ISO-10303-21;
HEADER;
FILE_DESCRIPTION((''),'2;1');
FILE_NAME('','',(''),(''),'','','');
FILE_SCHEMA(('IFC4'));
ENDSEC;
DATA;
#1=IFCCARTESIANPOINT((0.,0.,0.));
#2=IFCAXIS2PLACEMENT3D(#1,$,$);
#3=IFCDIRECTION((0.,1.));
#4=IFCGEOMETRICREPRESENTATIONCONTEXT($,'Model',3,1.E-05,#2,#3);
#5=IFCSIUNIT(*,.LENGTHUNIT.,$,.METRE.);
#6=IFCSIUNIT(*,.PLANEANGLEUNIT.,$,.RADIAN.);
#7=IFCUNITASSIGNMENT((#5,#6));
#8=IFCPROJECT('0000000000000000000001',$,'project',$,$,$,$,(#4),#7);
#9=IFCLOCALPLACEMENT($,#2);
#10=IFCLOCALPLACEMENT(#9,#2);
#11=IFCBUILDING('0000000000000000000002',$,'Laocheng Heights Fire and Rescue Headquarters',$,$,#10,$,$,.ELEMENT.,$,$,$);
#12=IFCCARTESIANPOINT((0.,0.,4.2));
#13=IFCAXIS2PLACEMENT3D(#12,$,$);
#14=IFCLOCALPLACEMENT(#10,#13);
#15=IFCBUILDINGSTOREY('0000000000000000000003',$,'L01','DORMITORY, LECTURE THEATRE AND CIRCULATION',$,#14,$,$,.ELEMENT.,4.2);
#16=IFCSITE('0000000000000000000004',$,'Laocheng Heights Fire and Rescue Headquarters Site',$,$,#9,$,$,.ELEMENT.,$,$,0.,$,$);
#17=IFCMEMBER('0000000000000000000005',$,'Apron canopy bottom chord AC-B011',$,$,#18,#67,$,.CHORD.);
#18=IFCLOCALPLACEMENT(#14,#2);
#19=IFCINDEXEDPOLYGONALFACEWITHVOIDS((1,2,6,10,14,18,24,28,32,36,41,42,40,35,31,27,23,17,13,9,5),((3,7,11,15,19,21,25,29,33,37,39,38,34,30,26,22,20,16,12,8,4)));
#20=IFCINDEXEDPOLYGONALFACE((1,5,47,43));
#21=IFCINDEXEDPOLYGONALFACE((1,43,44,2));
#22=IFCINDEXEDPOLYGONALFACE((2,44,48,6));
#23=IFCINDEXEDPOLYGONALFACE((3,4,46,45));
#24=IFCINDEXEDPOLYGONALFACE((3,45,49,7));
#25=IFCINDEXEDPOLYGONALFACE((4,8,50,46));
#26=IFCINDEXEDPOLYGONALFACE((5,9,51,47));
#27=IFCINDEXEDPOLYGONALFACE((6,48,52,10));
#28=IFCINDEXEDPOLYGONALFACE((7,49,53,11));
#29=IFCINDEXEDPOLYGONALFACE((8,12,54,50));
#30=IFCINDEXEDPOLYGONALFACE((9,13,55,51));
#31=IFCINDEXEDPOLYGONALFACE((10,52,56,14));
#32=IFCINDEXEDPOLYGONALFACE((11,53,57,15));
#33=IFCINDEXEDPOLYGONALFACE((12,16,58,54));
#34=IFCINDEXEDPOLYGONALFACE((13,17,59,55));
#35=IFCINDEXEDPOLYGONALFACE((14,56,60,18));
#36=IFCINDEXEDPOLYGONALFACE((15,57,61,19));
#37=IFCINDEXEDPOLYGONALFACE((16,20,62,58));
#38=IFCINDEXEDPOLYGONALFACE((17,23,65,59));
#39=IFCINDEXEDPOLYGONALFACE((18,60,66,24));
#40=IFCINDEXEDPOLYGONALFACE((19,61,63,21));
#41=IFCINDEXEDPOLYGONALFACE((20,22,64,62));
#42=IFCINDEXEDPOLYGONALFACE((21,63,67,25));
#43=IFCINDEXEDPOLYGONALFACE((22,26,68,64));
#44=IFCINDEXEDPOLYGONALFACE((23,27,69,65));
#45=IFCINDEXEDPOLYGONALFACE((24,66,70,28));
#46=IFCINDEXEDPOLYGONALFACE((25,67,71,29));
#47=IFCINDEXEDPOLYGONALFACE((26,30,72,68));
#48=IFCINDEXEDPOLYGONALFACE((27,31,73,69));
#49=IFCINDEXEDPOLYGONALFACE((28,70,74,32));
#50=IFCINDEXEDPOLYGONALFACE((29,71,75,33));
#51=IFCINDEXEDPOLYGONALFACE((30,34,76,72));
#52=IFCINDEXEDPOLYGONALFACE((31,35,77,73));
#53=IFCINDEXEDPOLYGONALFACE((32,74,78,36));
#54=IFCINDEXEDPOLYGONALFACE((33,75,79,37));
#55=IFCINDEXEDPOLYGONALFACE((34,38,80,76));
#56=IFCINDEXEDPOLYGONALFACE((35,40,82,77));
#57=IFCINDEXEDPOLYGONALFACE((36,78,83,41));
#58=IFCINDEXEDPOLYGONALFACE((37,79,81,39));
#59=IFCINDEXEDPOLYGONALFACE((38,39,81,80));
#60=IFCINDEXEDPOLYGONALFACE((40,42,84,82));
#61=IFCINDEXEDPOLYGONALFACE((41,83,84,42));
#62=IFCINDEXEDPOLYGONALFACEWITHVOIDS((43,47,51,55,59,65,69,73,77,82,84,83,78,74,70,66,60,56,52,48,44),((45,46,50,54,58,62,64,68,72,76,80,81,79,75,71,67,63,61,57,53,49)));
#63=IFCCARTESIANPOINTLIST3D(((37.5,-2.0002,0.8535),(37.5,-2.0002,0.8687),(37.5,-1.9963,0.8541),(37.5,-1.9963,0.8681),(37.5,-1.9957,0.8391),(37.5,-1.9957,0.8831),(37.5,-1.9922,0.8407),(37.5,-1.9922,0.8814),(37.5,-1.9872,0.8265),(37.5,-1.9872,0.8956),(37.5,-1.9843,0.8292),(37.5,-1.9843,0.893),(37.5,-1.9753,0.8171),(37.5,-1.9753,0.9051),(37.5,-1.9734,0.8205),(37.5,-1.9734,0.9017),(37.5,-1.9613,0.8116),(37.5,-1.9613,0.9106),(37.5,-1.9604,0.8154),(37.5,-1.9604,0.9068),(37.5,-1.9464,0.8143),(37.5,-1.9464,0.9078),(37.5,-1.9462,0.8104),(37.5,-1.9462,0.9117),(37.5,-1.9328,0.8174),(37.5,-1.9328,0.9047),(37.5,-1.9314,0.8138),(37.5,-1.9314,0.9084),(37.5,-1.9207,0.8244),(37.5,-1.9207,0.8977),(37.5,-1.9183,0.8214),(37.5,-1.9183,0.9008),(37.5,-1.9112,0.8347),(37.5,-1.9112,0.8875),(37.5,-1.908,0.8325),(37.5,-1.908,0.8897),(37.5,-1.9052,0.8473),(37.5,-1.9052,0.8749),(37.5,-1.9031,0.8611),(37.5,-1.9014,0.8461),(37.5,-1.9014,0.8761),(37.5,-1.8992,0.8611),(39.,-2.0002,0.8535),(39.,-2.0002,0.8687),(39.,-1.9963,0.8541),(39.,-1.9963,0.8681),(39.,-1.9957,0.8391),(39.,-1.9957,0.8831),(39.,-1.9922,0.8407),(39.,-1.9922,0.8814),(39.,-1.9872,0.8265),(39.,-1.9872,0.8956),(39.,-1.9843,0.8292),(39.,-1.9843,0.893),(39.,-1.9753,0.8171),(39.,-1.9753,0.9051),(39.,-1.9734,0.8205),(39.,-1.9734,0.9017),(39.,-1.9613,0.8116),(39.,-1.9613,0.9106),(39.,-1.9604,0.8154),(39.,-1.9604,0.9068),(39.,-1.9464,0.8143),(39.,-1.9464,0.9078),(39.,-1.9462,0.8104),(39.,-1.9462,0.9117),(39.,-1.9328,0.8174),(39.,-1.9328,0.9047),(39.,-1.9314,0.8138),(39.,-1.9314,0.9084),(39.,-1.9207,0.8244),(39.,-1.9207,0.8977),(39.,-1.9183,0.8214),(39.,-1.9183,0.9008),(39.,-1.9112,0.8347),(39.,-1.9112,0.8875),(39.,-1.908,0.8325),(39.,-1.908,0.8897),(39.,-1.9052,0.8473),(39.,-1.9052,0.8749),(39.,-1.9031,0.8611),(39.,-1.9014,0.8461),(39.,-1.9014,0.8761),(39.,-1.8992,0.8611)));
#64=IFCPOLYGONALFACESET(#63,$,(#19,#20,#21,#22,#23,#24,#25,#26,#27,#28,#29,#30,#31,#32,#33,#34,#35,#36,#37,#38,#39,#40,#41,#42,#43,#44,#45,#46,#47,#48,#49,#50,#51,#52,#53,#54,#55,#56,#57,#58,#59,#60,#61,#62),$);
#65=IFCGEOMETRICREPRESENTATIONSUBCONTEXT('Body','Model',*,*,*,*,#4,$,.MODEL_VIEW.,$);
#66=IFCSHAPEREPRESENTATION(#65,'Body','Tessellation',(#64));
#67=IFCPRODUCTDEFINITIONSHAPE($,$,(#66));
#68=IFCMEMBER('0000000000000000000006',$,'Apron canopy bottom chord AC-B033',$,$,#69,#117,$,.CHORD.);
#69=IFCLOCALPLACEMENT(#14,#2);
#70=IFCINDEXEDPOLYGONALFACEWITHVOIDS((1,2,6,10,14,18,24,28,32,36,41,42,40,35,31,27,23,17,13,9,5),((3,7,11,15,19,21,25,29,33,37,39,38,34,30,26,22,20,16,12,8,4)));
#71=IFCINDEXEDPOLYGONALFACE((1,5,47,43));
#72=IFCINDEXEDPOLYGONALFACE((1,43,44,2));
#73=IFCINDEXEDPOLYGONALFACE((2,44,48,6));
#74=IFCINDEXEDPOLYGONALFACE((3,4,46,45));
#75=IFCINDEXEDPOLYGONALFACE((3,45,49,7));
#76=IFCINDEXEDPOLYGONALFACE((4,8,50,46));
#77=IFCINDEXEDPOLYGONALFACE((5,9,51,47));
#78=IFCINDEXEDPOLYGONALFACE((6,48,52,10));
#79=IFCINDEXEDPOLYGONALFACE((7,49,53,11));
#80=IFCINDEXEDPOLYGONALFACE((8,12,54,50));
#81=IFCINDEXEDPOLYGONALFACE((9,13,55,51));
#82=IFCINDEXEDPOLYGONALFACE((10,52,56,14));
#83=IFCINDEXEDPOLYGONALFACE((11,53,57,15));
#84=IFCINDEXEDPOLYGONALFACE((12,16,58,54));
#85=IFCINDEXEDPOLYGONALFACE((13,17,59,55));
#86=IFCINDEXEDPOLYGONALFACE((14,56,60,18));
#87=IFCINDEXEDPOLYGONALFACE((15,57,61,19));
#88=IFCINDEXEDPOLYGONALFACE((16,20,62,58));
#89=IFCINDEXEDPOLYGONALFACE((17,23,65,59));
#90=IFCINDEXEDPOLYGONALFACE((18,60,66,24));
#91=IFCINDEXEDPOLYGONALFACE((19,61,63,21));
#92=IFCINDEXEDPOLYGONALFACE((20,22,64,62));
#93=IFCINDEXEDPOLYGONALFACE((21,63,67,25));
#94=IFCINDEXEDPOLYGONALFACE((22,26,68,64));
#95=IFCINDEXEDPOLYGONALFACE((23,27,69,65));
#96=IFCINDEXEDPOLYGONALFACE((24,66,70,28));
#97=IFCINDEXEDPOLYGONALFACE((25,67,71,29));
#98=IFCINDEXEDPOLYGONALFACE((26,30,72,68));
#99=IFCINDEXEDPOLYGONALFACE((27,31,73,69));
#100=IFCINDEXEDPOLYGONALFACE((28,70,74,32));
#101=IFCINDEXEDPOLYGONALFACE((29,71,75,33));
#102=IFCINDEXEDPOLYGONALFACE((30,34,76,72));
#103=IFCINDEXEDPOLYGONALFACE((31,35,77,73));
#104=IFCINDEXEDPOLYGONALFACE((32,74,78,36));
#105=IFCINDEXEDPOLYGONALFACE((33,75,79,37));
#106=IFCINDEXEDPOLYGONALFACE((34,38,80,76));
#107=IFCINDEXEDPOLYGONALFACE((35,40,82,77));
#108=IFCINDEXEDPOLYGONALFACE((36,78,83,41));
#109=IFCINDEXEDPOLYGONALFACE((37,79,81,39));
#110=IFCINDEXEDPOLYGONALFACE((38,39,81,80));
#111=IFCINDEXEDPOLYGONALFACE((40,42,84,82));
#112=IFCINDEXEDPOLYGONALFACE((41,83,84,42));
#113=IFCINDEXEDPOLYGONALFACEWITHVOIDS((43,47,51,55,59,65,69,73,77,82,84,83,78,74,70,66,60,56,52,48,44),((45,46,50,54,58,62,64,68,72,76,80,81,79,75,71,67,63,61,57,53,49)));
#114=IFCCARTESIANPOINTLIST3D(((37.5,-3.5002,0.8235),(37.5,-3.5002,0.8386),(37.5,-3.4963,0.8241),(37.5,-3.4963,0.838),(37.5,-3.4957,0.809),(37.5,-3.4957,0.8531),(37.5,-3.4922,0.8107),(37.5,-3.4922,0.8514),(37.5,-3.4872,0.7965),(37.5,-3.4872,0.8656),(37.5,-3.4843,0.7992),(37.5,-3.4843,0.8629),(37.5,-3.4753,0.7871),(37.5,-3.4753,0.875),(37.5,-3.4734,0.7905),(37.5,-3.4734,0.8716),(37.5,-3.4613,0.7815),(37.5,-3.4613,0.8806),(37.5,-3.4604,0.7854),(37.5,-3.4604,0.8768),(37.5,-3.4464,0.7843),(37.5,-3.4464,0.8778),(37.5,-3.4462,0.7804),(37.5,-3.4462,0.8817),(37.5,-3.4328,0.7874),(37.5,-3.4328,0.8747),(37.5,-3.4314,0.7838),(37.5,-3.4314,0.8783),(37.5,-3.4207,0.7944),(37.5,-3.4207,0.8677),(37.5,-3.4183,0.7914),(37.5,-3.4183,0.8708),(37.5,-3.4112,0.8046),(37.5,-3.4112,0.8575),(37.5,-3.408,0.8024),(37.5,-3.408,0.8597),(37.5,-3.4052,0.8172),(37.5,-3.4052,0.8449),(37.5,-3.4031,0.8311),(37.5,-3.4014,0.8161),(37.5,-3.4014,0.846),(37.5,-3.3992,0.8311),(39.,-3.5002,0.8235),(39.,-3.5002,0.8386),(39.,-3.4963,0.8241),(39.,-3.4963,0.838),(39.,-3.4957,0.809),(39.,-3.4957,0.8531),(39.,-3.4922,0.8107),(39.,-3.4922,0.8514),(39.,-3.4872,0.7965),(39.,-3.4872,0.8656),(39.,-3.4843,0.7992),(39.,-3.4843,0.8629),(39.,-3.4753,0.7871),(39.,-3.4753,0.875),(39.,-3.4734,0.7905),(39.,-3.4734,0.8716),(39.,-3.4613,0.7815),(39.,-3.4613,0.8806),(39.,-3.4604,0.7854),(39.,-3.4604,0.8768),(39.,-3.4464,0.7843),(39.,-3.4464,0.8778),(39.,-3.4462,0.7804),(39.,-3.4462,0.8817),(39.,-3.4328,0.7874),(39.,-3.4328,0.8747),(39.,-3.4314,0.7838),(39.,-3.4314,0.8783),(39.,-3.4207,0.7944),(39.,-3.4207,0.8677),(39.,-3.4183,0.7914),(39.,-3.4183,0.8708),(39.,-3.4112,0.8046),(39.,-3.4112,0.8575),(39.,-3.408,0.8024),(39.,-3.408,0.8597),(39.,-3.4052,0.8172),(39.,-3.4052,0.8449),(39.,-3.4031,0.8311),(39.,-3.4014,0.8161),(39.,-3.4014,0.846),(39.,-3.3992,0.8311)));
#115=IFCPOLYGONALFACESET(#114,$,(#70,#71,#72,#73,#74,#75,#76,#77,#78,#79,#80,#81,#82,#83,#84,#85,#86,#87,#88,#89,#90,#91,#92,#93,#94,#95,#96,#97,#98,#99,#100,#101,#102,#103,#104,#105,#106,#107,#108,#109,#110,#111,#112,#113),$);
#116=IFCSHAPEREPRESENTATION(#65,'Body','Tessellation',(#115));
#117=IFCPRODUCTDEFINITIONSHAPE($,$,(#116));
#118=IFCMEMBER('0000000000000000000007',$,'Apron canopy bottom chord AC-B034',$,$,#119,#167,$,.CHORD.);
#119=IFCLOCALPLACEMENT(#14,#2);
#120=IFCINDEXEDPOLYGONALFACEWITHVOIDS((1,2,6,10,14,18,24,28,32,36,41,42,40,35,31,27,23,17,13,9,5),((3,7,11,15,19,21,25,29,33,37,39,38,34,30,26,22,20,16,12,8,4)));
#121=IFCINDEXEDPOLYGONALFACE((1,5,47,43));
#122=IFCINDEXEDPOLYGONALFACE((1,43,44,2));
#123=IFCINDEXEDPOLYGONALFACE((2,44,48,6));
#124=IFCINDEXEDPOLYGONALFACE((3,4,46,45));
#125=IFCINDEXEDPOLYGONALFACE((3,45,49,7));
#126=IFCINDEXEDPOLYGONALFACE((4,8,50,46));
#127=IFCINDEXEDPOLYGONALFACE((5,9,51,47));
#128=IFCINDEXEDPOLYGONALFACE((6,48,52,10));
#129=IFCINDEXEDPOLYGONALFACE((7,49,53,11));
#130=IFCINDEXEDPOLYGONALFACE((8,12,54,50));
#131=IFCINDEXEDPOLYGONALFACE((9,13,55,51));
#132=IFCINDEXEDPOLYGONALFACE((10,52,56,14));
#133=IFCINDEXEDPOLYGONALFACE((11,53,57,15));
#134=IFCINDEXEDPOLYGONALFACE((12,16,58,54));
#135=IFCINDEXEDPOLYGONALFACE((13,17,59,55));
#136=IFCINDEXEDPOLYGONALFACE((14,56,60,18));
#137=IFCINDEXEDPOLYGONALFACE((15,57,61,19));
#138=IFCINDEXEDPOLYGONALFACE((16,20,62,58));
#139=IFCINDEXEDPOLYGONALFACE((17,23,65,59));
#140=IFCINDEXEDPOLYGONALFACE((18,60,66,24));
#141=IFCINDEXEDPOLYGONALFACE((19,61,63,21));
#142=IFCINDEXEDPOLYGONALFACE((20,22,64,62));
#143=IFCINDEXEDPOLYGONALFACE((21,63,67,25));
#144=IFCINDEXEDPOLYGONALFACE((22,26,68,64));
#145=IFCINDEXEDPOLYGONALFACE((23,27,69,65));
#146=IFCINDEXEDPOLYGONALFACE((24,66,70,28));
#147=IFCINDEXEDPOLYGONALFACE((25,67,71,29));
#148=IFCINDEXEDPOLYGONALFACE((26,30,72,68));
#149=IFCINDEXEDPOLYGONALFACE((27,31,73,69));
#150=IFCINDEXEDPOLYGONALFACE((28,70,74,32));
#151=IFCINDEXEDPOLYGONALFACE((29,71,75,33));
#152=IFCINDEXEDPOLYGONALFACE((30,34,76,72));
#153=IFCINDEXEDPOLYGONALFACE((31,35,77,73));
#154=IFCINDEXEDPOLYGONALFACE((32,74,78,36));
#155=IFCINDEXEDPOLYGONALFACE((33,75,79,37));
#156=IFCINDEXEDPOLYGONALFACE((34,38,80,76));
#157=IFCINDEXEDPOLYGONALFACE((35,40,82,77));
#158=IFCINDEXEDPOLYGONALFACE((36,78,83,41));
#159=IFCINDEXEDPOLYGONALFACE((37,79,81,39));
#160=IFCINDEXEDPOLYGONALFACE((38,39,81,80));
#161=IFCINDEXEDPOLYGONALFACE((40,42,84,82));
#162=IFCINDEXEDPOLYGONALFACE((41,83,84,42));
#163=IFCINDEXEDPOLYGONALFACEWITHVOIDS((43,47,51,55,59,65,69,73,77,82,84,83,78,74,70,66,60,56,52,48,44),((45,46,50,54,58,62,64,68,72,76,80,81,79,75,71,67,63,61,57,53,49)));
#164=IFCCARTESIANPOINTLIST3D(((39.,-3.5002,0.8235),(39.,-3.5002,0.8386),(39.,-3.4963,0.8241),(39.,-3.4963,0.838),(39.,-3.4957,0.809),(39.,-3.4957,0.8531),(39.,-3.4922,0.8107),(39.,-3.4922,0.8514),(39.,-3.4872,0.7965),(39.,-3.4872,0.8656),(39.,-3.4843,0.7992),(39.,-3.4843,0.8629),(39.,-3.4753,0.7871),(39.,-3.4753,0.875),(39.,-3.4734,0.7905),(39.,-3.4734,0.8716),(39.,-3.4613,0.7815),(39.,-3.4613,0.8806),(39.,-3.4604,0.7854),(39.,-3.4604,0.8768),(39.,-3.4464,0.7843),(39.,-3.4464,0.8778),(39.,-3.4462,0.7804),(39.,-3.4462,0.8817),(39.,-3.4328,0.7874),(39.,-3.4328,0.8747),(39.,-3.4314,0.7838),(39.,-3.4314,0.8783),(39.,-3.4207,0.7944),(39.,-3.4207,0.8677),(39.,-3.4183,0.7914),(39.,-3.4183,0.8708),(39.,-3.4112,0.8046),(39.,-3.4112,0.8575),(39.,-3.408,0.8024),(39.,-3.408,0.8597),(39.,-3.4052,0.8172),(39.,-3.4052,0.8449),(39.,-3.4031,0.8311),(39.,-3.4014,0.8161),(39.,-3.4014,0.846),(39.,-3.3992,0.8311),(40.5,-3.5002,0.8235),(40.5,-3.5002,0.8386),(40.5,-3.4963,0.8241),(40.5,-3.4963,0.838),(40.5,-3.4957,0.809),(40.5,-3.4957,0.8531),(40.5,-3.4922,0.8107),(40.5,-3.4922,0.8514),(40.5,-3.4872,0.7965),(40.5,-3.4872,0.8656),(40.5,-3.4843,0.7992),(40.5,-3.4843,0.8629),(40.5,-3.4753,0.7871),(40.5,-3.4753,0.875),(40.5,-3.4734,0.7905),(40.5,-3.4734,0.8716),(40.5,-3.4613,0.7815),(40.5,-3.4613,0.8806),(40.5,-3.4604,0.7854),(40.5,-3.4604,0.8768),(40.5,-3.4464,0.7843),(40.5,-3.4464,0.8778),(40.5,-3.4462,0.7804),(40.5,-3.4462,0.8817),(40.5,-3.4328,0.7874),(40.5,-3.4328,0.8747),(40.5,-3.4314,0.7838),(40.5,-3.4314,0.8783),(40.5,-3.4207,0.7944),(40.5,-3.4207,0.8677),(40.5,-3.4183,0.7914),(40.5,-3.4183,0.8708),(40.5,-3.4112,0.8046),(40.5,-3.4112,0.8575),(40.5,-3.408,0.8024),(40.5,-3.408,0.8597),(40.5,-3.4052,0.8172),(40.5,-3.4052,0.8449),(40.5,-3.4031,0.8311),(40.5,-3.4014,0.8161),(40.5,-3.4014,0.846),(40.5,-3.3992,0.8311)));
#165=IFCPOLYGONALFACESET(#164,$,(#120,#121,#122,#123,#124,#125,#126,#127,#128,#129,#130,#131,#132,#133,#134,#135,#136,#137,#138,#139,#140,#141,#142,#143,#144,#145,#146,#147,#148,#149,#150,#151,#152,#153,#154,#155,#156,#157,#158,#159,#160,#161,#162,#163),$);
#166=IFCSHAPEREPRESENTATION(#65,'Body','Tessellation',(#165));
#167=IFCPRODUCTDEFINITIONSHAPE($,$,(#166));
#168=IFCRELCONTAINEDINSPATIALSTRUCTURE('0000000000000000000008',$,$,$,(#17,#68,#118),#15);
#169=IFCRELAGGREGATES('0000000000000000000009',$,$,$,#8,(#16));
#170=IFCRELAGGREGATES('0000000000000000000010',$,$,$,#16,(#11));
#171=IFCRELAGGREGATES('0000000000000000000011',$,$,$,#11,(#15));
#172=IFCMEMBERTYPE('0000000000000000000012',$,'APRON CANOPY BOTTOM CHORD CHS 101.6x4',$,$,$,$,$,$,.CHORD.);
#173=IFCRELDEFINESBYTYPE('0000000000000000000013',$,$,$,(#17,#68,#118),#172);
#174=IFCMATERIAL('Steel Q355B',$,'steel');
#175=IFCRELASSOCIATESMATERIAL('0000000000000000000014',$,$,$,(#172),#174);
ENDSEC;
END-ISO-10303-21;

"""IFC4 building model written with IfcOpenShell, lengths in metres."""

from ifc_helpers import new_model, si_unit, direction, frame, origin, origin_2d, place, context, subcontext, project, spatial, hollow_circle, extrude, material, material_profile, profile_set, type_object, element, save


model = new_model("IFC4")

# Units and contexts
model_context = context("Model", 3, precision=1e-05, world=origin(), true_north=direction((0.0, 1.0)))
body_context = subcontext(model_context, "Body", "Model", "MODEL_VIEW")
ifc_project = project(units=[si_unit("LENGTHUNIT", "METRE"), si_unit("PLANEANGLEUNIT", "RADIAN")], contexts=[model_context])

# Site, building, storey
site_placement = place(None, origin())
site = spatial("IfcSite", under=ifc_project, at=site_placement, Name="Laocheng Heights Fire and Rescue Headquarters Site", CompositionType="ELEMENT", RefElevation=0.0)
building_placement = place(site_placement, origin())
building = spatial("IfcBuilding", under=site, at=building_placement, Name="Laocheng Heights Fire and Rescue Headquarters", CompositionType="ELEMENT")
storey_placement = place(building_placement, frame((0.0, 0.0, 4.2)))
storey = spatial("IfcBuildingStorey", under=building, at=storey_placement, Name="L01", Description="DORMITORY, LECTURE THEATRE AND CIRCULATION", CompositionType="ELEMENT", Elevation=4.2)

# Members
ifc_material_1 = material(Name="Steel Q355B", Category="steel")
ifc_material_profile_1 = material_profile(ifc_material_1, hollow_circle(Radius=0.0508, WallThickness=0.0039, at=origin_2d()), Name="CHS 101.6x4")
ifc_profile_set_1 = profile_set([ifc_material_profile_1], Name="Steel Q355B")
member_type_1 = type_object("IfcMemberType", Name="APRON CANOPY BOTTOM CHORD CHS 101.6x4", PredefinedType="CHORD", material=ifc_profile_set_1)
for number, where, z_axis, x_axis, name in (
    (1, (37.5, -1.95, 0.8611), (1.0, 0.0, 0.0), (0.0, 1.0, 0.0), "Apron canopy bottom chord AC-B011"),
    (2, (37.5, -3.45, 0.8311), (1.0, 0.0, 0.0), (0.0, 1.0, 0.0), "Apron canopy bottom chord AC-B033"),
    (3, (39.0, -3.45, 0.8311), (1.0, 0.0, 0.0), (0.0, 1.0, 0.0), "Apron canopy bottom chord AC-B034"),
):
    element("IfcMember", number, at=place(storey_placement, frame(where, z_axis=z_axis, x_axis=x_axis)), inside=storey, type_object=member_type_1, Name=name, PredefinedType="CHORD", context=body_context, shape_type="SweptSolid", body=[
        extrude(hollow_circle(Radius=0.0508, WallThickness=0.0039, at=origin_2d()), origin(), (0.0, 0.0, 1.0), 1.5),
    ])

save(model, "model.ifc")
